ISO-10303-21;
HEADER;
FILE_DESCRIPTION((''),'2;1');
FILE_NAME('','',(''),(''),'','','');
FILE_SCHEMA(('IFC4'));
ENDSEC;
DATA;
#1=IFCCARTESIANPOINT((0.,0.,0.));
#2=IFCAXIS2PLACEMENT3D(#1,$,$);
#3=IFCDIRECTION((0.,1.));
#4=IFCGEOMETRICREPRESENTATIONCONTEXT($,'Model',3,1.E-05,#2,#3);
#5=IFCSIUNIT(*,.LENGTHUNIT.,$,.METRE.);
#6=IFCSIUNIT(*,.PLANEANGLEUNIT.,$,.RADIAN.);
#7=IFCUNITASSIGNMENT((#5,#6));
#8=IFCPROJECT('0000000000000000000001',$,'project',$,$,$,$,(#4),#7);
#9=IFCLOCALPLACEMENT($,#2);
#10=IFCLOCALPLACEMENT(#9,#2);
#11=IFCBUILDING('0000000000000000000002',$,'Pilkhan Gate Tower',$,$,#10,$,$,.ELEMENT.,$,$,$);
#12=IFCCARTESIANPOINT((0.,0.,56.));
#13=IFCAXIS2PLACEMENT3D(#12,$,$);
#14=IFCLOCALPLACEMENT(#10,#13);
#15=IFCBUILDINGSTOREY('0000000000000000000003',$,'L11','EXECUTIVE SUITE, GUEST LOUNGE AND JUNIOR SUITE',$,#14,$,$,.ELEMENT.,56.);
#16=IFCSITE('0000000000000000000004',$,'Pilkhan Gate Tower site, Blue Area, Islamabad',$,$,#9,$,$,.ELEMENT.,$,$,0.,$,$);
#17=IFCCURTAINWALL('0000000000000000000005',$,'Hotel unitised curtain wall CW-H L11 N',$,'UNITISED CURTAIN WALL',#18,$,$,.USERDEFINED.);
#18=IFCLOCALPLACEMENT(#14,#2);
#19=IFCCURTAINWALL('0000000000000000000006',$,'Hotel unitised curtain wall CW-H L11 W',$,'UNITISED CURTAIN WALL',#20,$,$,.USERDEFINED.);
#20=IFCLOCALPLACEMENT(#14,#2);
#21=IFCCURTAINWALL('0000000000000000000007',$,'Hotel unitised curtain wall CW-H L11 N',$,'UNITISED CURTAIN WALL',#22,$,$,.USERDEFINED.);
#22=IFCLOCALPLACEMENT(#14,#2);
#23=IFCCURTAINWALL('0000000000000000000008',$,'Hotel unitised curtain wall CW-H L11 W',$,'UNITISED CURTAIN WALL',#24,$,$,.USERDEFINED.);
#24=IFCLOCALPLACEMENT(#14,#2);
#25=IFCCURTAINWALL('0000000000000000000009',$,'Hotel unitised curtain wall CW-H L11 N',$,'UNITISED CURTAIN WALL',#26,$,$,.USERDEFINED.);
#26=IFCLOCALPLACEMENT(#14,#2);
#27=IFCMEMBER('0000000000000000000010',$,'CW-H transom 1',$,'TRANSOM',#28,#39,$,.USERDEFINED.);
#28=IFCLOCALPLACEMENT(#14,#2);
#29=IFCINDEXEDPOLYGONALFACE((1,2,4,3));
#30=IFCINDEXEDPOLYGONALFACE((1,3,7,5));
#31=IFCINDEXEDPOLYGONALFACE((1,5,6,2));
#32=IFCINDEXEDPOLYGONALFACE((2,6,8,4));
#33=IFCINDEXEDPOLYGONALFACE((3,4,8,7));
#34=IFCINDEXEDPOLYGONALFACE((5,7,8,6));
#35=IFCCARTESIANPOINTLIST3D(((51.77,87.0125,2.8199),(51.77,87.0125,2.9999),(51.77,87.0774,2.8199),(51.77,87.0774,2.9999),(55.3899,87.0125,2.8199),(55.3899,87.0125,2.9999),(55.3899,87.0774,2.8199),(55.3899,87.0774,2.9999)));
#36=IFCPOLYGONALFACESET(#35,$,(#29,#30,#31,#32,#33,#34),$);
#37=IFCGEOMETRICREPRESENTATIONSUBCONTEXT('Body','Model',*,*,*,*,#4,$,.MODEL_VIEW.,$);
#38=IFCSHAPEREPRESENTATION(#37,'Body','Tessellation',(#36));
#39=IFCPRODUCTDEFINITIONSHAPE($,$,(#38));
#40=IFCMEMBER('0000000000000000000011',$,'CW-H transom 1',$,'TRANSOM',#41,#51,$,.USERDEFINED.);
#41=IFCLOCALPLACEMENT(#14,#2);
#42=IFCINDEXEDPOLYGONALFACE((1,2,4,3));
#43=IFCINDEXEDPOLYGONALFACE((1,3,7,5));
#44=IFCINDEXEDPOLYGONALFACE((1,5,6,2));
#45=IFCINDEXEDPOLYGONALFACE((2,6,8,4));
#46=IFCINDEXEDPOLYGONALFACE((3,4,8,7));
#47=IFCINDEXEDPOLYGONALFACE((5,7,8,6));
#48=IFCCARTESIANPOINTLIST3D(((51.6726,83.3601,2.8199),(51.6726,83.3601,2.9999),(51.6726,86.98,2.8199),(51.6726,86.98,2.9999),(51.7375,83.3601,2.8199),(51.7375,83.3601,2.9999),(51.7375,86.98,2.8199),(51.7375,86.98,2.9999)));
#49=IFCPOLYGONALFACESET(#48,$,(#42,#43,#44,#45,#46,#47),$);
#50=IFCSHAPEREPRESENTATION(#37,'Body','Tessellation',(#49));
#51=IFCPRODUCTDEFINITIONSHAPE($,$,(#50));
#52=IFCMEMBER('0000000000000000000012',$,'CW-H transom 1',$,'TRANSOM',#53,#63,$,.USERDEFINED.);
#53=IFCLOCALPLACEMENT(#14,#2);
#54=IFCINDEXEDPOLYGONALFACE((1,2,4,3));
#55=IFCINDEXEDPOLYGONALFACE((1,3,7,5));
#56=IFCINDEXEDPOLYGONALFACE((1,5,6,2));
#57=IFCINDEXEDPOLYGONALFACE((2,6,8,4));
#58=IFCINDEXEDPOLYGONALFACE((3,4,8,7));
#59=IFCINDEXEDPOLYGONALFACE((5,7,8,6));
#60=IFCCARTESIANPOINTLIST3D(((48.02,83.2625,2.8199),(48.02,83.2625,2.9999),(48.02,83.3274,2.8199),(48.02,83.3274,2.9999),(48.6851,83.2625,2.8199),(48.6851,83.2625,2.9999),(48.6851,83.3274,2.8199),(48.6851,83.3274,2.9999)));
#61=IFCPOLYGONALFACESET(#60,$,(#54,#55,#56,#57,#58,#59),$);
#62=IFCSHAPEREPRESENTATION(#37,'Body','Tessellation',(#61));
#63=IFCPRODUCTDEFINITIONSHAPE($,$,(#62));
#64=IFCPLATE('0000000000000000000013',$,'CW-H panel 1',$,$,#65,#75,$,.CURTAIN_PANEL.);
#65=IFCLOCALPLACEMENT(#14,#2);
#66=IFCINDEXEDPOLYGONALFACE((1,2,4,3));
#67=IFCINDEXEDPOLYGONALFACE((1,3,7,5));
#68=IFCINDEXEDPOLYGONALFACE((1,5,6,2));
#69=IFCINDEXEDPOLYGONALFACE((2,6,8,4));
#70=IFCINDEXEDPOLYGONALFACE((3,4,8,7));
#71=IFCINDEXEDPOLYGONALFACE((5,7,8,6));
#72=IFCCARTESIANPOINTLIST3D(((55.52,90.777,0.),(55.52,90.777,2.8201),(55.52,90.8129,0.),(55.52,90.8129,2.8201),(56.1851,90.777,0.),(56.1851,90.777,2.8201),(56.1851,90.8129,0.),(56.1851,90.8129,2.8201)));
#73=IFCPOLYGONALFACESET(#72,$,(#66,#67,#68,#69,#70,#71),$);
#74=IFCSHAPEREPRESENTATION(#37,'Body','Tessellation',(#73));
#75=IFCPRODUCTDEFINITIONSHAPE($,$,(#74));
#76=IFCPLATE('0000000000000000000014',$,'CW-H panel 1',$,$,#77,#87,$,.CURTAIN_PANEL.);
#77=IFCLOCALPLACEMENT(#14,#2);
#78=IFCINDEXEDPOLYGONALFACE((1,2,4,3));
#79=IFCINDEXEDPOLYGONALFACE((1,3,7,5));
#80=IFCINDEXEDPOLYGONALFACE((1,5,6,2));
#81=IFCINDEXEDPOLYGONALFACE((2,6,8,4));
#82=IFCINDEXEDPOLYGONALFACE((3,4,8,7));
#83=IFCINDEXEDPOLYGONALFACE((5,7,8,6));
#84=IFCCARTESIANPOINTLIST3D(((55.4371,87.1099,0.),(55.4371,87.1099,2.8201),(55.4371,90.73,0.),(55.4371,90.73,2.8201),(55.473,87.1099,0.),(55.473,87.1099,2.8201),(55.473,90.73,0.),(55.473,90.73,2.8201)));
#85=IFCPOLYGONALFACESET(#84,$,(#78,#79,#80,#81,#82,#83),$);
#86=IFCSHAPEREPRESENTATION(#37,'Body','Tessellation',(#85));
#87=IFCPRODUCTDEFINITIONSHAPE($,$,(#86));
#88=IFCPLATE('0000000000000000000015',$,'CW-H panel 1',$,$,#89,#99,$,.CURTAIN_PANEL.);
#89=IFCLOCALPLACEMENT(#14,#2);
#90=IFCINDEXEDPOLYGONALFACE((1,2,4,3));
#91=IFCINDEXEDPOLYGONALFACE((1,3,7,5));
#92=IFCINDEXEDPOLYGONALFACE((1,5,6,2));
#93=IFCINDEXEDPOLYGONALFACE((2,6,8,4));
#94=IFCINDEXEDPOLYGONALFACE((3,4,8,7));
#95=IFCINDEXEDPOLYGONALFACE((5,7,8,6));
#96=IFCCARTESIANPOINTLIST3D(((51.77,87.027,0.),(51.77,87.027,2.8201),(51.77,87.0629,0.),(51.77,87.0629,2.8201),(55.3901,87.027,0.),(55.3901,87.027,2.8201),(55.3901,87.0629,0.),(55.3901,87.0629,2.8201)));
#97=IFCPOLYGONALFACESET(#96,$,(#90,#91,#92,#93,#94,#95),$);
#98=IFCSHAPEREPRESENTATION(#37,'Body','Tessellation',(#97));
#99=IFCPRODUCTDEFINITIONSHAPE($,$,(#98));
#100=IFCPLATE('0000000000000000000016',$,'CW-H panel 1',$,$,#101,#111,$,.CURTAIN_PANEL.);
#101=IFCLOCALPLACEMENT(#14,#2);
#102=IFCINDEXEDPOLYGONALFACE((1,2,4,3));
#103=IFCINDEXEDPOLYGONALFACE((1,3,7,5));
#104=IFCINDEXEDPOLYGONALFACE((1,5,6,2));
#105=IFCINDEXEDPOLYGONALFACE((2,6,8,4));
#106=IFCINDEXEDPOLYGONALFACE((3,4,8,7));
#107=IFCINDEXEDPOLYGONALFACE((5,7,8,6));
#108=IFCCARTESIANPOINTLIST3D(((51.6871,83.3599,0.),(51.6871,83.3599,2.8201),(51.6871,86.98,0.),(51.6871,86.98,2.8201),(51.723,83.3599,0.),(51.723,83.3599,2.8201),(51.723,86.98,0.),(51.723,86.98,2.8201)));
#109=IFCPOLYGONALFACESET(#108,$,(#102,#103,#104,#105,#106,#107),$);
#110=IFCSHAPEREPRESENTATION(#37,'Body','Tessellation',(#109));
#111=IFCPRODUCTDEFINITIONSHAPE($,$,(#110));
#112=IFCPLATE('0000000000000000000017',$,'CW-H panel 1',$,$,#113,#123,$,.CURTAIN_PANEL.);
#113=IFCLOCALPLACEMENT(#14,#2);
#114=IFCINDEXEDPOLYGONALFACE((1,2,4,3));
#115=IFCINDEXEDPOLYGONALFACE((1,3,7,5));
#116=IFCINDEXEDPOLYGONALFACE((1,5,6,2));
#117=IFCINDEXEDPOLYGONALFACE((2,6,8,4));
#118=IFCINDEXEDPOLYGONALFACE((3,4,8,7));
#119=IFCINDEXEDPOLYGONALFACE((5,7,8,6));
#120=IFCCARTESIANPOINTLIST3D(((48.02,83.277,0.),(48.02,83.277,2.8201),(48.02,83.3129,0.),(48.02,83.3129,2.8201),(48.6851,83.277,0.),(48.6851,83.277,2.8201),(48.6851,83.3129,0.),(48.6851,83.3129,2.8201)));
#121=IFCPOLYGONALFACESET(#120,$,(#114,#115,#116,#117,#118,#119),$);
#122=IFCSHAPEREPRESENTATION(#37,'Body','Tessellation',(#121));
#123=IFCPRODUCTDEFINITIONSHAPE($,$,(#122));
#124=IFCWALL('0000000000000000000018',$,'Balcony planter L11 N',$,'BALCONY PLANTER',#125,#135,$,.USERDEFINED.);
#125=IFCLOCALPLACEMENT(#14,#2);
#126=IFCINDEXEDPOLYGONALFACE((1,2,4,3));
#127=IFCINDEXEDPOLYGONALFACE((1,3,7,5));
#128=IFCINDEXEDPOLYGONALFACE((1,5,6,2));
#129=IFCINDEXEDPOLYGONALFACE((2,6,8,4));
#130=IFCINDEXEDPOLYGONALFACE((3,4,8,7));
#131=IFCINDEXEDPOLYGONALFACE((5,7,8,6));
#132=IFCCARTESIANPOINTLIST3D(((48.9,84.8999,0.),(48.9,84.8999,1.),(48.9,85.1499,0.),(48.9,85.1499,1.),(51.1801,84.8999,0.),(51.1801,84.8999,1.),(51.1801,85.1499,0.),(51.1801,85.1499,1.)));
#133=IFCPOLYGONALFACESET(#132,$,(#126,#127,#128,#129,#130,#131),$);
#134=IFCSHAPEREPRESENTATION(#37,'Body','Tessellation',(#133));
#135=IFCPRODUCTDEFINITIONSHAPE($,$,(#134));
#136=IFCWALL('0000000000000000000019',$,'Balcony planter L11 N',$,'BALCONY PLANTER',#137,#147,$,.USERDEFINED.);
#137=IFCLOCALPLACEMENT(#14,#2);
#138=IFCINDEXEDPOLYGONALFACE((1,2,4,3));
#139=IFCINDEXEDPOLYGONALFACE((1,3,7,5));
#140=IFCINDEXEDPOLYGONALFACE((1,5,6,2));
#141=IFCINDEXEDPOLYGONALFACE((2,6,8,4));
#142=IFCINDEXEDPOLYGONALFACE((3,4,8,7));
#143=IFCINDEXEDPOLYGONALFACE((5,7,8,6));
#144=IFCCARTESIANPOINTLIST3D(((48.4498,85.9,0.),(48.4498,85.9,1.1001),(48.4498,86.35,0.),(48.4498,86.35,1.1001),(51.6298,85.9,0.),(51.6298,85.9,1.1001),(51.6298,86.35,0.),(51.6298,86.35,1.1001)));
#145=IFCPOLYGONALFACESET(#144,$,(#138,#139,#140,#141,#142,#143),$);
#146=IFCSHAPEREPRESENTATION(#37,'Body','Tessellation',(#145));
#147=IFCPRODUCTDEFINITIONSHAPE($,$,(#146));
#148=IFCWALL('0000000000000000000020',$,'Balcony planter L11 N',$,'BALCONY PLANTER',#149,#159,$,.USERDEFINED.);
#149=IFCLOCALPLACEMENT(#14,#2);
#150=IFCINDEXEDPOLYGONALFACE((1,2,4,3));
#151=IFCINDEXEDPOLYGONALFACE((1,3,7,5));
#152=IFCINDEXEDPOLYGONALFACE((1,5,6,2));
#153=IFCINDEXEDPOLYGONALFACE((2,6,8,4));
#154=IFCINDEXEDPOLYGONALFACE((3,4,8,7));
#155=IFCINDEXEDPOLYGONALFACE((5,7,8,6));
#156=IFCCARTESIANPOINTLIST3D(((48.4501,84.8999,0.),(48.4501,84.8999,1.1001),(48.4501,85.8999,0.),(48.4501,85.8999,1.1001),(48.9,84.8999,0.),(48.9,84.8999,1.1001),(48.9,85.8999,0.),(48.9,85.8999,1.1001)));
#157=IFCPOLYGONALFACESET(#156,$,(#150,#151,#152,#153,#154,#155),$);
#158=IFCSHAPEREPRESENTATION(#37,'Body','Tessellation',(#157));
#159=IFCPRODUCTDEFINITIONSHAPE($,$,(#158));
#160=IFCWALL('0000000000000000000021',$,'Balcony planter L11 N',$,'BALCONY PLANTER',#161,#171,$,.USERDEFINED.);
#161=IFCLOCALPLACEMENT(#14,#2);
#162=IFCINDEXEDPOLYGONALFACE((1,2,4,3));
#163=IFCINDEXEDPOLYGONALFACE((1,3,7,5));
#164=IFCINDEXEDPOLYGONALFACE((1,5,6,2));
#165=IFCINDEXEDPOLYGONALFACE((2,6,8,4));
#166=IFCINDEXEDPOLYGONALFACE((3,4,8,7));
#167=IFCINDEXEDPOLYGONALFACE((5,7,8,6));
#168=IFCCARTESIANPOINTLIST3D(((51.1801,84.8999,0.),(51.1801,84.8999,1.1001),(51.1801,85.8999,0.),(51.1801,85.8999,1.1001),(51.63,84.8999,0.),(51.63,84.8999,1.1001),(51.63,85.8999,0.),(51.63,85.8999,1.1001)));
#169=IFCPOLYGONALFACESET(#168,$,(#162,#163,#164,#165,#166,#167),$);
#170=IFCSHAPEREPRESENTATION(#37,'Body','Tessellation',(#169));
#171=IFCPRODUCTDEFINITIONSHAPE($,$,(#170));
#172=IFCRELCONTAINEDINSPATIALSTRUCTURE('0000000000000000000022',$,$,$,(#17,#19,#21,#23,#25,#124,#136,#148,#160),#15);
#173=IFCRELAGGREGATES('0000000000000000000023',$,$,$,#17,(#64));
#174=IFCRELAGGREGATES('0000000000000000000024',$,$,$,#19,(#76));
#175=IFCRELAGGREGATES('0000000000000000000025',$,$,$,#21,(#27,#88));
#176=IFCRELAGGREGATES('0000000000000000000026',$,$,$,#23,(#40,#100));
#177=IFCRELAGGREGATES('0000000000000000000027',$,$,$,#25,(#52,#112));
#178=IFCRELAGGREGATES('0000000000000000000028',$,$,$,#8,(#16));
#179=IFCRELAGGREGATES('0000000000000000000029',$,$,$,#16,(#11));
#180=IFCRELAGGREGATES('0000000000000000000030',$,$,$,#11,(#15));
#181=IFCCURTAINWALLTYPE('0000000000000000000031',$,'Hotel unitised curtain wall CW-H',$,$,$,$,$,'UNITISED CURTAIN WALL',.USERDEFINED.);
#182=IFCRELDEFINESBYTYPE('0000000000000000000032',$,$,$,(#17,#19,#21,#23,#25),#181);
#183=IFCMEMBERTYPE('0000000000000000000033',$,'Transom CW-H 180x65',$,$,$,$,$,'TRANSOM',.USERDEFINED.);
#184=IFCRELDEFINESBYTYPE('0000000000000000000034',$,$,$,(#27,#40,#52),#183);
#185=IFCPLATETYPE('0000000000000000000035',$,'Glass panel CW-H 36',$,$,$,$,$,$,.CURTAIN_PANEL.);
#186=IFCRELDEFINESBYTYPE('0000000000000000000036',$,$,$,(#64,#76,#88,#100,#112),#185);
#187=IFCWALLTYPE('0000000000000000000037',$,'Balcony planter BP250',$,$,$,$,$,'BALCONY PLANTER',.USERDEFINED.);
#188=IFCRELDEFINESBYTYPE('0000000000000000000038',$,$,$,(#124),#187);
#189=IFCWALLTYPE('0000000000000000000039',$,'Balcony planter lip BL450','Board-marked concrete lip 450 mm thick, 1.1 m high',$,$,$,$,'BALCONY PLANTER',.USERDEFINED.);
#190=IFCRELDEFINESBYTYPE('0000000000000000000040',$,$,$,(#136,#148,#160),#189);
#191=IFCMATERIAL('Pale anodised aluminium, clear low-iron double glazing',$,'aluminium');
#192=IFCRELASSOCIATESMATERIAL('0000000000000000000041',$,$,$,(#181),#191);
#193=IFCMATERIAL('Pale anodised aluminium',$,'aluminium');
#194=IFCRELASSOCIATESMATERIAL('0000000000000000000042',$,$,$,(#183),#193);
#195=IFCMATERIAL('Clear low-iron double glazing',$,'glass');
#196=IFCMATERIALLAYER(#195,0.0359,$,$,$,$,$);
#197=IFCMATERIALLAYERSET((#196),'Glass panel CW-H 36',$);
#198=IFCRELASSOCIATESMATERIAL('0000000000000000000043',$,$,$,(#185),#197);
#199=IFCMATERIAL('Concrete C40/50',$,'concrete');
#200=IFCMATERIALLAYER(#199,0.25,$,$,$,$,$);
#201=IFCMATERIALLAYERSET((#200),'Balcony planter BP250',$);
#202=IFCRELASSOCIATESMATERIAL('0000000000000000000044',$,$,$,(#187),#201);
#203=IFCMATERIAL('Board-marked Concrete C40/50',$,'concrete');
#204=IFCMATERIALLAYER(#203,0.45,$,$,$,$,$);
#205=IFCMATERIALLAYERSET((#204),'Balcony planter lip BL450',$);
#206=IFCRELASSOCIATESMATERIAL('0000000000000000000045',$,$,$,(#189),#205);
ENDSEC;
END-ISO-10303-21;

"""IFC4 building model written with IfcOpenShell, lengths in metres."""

from ifc_helpers import new_model, si_unit, direction, frame, frame_2d, origin, origin_2d, place, context, subcontext, project, spatial, rectangle, extrude, material, layer, layer_set, material_profile, profile_set, type_object, element, aggregate, save


model = new_model("IFC4")

# Units and contexts
model_context = context("Model", 3, precision=1e-05, world=origin(), true_north=direction((0.0, 1.0)))
body_context = subcontext(model_context, "Body", "Model", "MODEL_VIEW")
ifc_project = project(units=[si_unit("LENGTHUNIT", "METRE"), si_unit("PLANEANGLEUNIT", "RADIAN")], contexts=[model_context])

# Site, building, storey
site_placement = place(None, origin())
site = spatial("IfcSite", under=ifc_project, at=site_placement, Name="Pilkhan Gate Tower site, Blue Area, Islamabad", CompositionType="ELEMENT", RefElevation=0.0)
building_placement = place(site_placement, origin())
building = spatial("IfcBuilding", under=site, at=building_placement, Name="Pilkhan Gate Tower", CompositionType="ELEMENT")
storey_placement = place(building_placement, frame((0.0, 0.0, 56.0)))
storey = spatial("IfcBuildingStorey", under=building, at=storey_placement, Name="L11", Description="EXECUTIVE SUITE, GUEST LOUNGE AND JUNIOR SUITE", CompositionType="ELEMENT", Elevation=56.0)

# Curtain wall
ifc_material_1 = material(Name="Pale anodised aluminium, clear low-iron double glazing", Category="aluminium")
curtain_wall_type = type_object("IfcCurtainWallType", Name="Hotel unitised curtain wall CW-H", ElementType="UNITISED CURTAIN WALL", PredefinedType="USERDEFINED", material=ifc_material_1)
curtain_wall_1_placement = place(storey_placement, origin())
curtain_wall_1 = element("IfcCurtainWall", 1, at=curtain_wall_1_placement, inside=storey, type_object=curtain_wall_type, Name="Hotel unitised curtain wall CW-H L11 N", ObjectType="UNITISED CURTAIN WALL", PredefinedType="USERDEFINED")
ifc_material_2 = material(Name="Pale anodised aluminium", Category="aluminium")

# Curtain walls
curtain_wall_2_placement = place(storey_placement, origin())
curtain_wall_2 = element("IfcCurtainWall", 2, at=curtain_wall_2_placement, inside=storey, type_object=curtain_wall_type, Name="Hotel unitised curtain wall CW-H L11 W", ObjectType="UNITISED CURTAIN WALL", PredefinedType="USERDEFINED")
curtain_wall_3_placement = place(storey_placement, origin())
curtain_wall_3 = element("IfcCurtainWall", 3, at=curtain_wall_3_placement, inside=storey, type_object=curtain_wall_type, Name="Hotel unitised curtain wall CW-H L11 N", ObjectType="UNITISED CURTAIN WALL", PredefinedType="USERDEFINED")
curtain_wall_4_placement = place(storey_placement, origin())
curtain_wall_4 = element("IfcCurtainWall", 4, at=curtain_wall_4_placement, inside=storey, type_object=curtain_wall_type, Name="Hotel unitised curtain wall CW-H L11 W", ObjectType="UNITISED CURTAIN WALL", PredefinedType="USERDEFINED")
curtain_wall_5_placement = place(storey_placement, origin())
curtain_wall_5 = element("IfcCurtainWall", 5, at=curtain_wall_5_placement, inside=storey, type_object=curtain_wall_type, Name="Hotel unitised curtain wall CW-H L11 N", ObjectType="UNITISED CURTAIN WALL", PredefinedType="USERDEFINED")

# Members
ifc_material_profile_1 = material_profile(ifc_material_2, rectangle(XDim=0.0649, YDim=0.1799, at=origin_2d()), Name="Transom 180x65")
ifc_profile_set_1 = profile_set([ifc_material_profile_1], Name="Pale anodised aluminium")
member_type_1 = type_object("IfcMemberType", Name="Transom CW-H 180x65", ElementType="TRANSOM", PredefinedType="USERDEFINED", material=ifc_profile_set_1)
member_1_placement = place(storey_placement, frame((51.77, 87.0449, 2.9099), z_axis=(1.0, 0.0, 0.0), x_axis=(0.0, 1.0, 0.0)))
member_1 = element("IfcMember", 6, at=member_1_placement, type_object=member_type_1, Name="CW-H transom 1", ObjectType="TRANSOM", PredefinedType="USERDEFINED", context=body_context, shape_type="SweptSolid", body=[
    extrude(rectangle(XDim=0.0649, YDim=0.1799, at=origin_2d()), origin(), (0.0, 0.0, 1.0), 3.6199),
])
member_2_placement = place(storey_placement, frame((51.7051, 83.3601, 2.9099), z_axis=(0.0, 1.0, 0.0), x_axis=(-1.0, 0.0, 0.0)))
member_2 = element("IfcMember", 7, at=member_2_placement, type_object=member_type_1, Name="CW-H transom 1", ObjectType="TRANSOM", PredefinedType="USERDEFINED", context=body_context, shape_type="SweptSolid", body=[
    extrude(rectangle(XDim=0.0649, YDim=0.1799, at=origin_2d()), origin(), (0.0, 0.0, 1.0), 3.6199),
])
member_3_placement = place(storey_placement, frame((48.02, 83.2949, 2.9099), z_axis=(1.0, 0.0, 0.0), x_axis=(0.0, 1.0, 0.0)))
member_3 = element("IfcMember", 8, at=member_3_placement, type_object=member_type_1, Name="CW-H transom 1", ObjectType="TRANSOM", PredefinedType="USERDEFINED", context=body_context, shape_type="SweptSolid", body=[
    extrude(rectangle(XDim=0.0649, YDim=0.1799, at=origin_2d()), origin(), (0.0, 0.0, 1.0), 0.665),
])

# Plates
ifc_material_3 = material(Name="Clear low-iron double glazing", Category="glass")
ifc_layer_1 = layer(ifc_material_3, 0.0359)
ifc_layer_set_1 = layer_set([ifc_layer_1], Name="Glass panel CW-H 36")
plate_type = type_object("IfcPlateType", Name="Glass panel CW-H 36", PredefinedType="CURTAIN_PANEL", material=ifc_layer_set_1)
plate_1_placement = place(storey_placement, frame((55.8525, 90.7949, 0.0), z_axis=(0.0, 0.0, 1.0), x_axis=(1.0, 0.0, 0.0)))
plate_1 = element("IfcPlate", 9, at=plate_1_placement, type_object=plate_type, Name="CW-H panel 1", PredefinedType="CURTAIN_PANEL", context=body_context, shape_type="SweptSolid", body=[
    extrude(rectangle(XDim=0.665, YDim=0.0359, at=origin_2d()), origin(), (0.0, 0.0, 1.0), 2.8201),
])
aggregate(curtain_wall_1, [plate_1])
plate_2_placement = place(storey_placement, frame((55.4551, 88.9199, 0.0), z_axis=(0.0, 0.0, 1.0), x_axis=(0.0, 1.0, 0.0)))
plate_2 = element("IfcPlate", 10, at=plate_2_placement, type_object=plate_type, Name="CW-H panel 1", PredefinedType="CURTAIN_PANEL", context=body_context, shape_type="SweptSolid", body=[
    extrude(rectangle(XDim=3.6201, YDim=0.0359, at=origin_2d()), origin(), (0.0, 0.0, 1.0), 2.8201),
])
aggregate(curtain_wall_2, [plate_2])
plate_3_placement = place(storey_placement, frame((53.5801, 87.0449, 0.0), z_axis=(0.0, 0.0, 1.0), x_axis=(1.0, 0.0, 0.0)))
plate_3 = element("IfcPlate", 11, at=plate_3_placement, type_object=plate_type, Name="CW-H panel 1", PredefinedType="CURTAIN_PANEL", context=body_context, shape_type="SweptSolid", body=[
    extrude(rectangle(XDim=3.6201, YDim=0.0359, at=origin_2d()), origin(), (0.0, 0.0, 1.0), 2.8201),
])
aggregate(curtain_wall_3, [member_1, plate_3])
plate_4_placement = place(storey_placement, frame((51.7051, 85.1699, 0.0), z_axis=(0.0, 0.0, 1.0), x_axis=(0.0, 1.0, 0.0)))
plate_4 = element("IfcPlate", 12, at=plate_4_placement, type_object=plate_type, Name="CW-H panel 1", PredefinedType="CURTAIN_PANEL", context=body_context, shape_type="SweptSolid", body=[
    extrude(rectangle(XDim=3.6201, YDim=0.0359, at=origin_2d()), origin(), (0.0, 0.0, 1.0), 2.8201),
])
aggregate(curtain_wall_4, [member_2, plate_4])
plate_5_placement = place(storey_placement, frame((48.3525, 83.2949, 0.0), z_axis=(0.0, 0.0, 1.0), x_axis=(1.0, 0.0, 0.0)))
plate_5 = element("IfcPlate", 13, at=plate_5_placement, type_object=plate_type, Name="CW-H panel 1", PredefinedType="CURTAIN_PANEL", context=body_context, shape_type="SweptSolid", body=[
    extrude(rectangle(XDim=0.665, YDim=0.0359, at=origin_2d()), origin(), (0.0, 0.0, 1.0), 2.8201),
])
aggregate(curtain_wall_5, [member_3, plate_5])

# Walls
ifc_material_4 = material(Name="Concrete C40/50", Category="concrete")
ifc_layer_2 = layer(ifc_material_4, 0.25)
ifc_layer_set_2 = layer_set([ifc_layer_2], Name="Balcony planter BP250")
wall_type_1 = type_object("IfcWallType", Name="Balcony planter BP250", ElementType="BALCONY PLANTER", PredefinedType="USERDEFINED", material=ifc_layer_set_2)
wall_1_placement = place(storey_placement, frame((48.8999, 85.0249, 0.0), z_axis=(0.0, 0.0, 1.0), x_axis=(1.0, 0.0, 0.0)))
element("IfcWall", 14, at=wall_1_placement, inside=storey, type_object=wall_type_1, Name="Balcony planter L11 N", ObjectType="BALCONY PLANTER", PredefinedType="USERDEFINED", context=body_context, shape_type="SweptSolid", body=[
    extrude(rectangle(XDim=2.28, YDim=0.25, at=frame_2d((1.1401, 0.0))), origin(), (0.0, 0.0, 1.0), 1.0),
])
ifc_material_5 = material(Name="Board-marked Concrete C40/50", Category="concrete")
ifc_layer_3 = layer(ifc_material_5, 0.45)
ifc_layer_set_3 = layer_set([ifc_layer_3], Name="Balcony planter lip BL450")
wall_type_2 = type_object("IfcWallType", Name="Balcony planter lip BL450", Description="Board-marked concrete lip 450 mm thick, 1.1 m high", ElementType="BALCONY PLANTER", PredefinedType="USERDEFINED", material=ifc_layer_set_3)
wall_2_placement = place(storey_placement, frame((48.45, 86.125, 0.0), z_axis=(0.0, 0.0, 1.0), x_axis=(1.0, 0.0, 0.0)))
element("IfcWall", 15, at=wall_2_placement, inside=storey, type_object=wall_type_2, Name="Balcony planter L11 N", ObjectType="BALCONY PLANTER", PredefinedType="USERDEFINED", context=body_context, shape_type="SweptSolid", body=[
    extrude(rectangle(XDim=3.1799, YDim=0.45, at=frame_2d((1.5898, 0.0))), origin(), (0.0, 0.0, 1.0), 1.1001),
])
for number, where, z_axis, x_axis, name in (
    (16, (48.675, 84.8999, 0.0), (0.0, 0.0, 1.0), (0.0, 1.0, 0.0), "Balcony planter L11 N"),
    (17, (51.405, 84.8999, 0.0), (0.0, 0.0, 1.0), (0.0, 1.0, 0.0), "Balcony planter L11 N"),
):
    element("IfcWall", number, at=place(storey_placement, frame(where, z_axis=z_axis, x_axis=x_axis)), inside=storey, type_object=wall_type_2, Name=name, ObjectType="BALCONY PLANTER", PredefinedType="USERDEFINED", context=body_context, shape_type="SweptSolid", body=[
        extrude(rectangle(XDim=1.0, YDim=0.45, at=frame_2d((0.5, 0.0))), origin(), (0.0, 0.0, 1.0), 1.1001),
    ])

save(model, "model.ifc")
